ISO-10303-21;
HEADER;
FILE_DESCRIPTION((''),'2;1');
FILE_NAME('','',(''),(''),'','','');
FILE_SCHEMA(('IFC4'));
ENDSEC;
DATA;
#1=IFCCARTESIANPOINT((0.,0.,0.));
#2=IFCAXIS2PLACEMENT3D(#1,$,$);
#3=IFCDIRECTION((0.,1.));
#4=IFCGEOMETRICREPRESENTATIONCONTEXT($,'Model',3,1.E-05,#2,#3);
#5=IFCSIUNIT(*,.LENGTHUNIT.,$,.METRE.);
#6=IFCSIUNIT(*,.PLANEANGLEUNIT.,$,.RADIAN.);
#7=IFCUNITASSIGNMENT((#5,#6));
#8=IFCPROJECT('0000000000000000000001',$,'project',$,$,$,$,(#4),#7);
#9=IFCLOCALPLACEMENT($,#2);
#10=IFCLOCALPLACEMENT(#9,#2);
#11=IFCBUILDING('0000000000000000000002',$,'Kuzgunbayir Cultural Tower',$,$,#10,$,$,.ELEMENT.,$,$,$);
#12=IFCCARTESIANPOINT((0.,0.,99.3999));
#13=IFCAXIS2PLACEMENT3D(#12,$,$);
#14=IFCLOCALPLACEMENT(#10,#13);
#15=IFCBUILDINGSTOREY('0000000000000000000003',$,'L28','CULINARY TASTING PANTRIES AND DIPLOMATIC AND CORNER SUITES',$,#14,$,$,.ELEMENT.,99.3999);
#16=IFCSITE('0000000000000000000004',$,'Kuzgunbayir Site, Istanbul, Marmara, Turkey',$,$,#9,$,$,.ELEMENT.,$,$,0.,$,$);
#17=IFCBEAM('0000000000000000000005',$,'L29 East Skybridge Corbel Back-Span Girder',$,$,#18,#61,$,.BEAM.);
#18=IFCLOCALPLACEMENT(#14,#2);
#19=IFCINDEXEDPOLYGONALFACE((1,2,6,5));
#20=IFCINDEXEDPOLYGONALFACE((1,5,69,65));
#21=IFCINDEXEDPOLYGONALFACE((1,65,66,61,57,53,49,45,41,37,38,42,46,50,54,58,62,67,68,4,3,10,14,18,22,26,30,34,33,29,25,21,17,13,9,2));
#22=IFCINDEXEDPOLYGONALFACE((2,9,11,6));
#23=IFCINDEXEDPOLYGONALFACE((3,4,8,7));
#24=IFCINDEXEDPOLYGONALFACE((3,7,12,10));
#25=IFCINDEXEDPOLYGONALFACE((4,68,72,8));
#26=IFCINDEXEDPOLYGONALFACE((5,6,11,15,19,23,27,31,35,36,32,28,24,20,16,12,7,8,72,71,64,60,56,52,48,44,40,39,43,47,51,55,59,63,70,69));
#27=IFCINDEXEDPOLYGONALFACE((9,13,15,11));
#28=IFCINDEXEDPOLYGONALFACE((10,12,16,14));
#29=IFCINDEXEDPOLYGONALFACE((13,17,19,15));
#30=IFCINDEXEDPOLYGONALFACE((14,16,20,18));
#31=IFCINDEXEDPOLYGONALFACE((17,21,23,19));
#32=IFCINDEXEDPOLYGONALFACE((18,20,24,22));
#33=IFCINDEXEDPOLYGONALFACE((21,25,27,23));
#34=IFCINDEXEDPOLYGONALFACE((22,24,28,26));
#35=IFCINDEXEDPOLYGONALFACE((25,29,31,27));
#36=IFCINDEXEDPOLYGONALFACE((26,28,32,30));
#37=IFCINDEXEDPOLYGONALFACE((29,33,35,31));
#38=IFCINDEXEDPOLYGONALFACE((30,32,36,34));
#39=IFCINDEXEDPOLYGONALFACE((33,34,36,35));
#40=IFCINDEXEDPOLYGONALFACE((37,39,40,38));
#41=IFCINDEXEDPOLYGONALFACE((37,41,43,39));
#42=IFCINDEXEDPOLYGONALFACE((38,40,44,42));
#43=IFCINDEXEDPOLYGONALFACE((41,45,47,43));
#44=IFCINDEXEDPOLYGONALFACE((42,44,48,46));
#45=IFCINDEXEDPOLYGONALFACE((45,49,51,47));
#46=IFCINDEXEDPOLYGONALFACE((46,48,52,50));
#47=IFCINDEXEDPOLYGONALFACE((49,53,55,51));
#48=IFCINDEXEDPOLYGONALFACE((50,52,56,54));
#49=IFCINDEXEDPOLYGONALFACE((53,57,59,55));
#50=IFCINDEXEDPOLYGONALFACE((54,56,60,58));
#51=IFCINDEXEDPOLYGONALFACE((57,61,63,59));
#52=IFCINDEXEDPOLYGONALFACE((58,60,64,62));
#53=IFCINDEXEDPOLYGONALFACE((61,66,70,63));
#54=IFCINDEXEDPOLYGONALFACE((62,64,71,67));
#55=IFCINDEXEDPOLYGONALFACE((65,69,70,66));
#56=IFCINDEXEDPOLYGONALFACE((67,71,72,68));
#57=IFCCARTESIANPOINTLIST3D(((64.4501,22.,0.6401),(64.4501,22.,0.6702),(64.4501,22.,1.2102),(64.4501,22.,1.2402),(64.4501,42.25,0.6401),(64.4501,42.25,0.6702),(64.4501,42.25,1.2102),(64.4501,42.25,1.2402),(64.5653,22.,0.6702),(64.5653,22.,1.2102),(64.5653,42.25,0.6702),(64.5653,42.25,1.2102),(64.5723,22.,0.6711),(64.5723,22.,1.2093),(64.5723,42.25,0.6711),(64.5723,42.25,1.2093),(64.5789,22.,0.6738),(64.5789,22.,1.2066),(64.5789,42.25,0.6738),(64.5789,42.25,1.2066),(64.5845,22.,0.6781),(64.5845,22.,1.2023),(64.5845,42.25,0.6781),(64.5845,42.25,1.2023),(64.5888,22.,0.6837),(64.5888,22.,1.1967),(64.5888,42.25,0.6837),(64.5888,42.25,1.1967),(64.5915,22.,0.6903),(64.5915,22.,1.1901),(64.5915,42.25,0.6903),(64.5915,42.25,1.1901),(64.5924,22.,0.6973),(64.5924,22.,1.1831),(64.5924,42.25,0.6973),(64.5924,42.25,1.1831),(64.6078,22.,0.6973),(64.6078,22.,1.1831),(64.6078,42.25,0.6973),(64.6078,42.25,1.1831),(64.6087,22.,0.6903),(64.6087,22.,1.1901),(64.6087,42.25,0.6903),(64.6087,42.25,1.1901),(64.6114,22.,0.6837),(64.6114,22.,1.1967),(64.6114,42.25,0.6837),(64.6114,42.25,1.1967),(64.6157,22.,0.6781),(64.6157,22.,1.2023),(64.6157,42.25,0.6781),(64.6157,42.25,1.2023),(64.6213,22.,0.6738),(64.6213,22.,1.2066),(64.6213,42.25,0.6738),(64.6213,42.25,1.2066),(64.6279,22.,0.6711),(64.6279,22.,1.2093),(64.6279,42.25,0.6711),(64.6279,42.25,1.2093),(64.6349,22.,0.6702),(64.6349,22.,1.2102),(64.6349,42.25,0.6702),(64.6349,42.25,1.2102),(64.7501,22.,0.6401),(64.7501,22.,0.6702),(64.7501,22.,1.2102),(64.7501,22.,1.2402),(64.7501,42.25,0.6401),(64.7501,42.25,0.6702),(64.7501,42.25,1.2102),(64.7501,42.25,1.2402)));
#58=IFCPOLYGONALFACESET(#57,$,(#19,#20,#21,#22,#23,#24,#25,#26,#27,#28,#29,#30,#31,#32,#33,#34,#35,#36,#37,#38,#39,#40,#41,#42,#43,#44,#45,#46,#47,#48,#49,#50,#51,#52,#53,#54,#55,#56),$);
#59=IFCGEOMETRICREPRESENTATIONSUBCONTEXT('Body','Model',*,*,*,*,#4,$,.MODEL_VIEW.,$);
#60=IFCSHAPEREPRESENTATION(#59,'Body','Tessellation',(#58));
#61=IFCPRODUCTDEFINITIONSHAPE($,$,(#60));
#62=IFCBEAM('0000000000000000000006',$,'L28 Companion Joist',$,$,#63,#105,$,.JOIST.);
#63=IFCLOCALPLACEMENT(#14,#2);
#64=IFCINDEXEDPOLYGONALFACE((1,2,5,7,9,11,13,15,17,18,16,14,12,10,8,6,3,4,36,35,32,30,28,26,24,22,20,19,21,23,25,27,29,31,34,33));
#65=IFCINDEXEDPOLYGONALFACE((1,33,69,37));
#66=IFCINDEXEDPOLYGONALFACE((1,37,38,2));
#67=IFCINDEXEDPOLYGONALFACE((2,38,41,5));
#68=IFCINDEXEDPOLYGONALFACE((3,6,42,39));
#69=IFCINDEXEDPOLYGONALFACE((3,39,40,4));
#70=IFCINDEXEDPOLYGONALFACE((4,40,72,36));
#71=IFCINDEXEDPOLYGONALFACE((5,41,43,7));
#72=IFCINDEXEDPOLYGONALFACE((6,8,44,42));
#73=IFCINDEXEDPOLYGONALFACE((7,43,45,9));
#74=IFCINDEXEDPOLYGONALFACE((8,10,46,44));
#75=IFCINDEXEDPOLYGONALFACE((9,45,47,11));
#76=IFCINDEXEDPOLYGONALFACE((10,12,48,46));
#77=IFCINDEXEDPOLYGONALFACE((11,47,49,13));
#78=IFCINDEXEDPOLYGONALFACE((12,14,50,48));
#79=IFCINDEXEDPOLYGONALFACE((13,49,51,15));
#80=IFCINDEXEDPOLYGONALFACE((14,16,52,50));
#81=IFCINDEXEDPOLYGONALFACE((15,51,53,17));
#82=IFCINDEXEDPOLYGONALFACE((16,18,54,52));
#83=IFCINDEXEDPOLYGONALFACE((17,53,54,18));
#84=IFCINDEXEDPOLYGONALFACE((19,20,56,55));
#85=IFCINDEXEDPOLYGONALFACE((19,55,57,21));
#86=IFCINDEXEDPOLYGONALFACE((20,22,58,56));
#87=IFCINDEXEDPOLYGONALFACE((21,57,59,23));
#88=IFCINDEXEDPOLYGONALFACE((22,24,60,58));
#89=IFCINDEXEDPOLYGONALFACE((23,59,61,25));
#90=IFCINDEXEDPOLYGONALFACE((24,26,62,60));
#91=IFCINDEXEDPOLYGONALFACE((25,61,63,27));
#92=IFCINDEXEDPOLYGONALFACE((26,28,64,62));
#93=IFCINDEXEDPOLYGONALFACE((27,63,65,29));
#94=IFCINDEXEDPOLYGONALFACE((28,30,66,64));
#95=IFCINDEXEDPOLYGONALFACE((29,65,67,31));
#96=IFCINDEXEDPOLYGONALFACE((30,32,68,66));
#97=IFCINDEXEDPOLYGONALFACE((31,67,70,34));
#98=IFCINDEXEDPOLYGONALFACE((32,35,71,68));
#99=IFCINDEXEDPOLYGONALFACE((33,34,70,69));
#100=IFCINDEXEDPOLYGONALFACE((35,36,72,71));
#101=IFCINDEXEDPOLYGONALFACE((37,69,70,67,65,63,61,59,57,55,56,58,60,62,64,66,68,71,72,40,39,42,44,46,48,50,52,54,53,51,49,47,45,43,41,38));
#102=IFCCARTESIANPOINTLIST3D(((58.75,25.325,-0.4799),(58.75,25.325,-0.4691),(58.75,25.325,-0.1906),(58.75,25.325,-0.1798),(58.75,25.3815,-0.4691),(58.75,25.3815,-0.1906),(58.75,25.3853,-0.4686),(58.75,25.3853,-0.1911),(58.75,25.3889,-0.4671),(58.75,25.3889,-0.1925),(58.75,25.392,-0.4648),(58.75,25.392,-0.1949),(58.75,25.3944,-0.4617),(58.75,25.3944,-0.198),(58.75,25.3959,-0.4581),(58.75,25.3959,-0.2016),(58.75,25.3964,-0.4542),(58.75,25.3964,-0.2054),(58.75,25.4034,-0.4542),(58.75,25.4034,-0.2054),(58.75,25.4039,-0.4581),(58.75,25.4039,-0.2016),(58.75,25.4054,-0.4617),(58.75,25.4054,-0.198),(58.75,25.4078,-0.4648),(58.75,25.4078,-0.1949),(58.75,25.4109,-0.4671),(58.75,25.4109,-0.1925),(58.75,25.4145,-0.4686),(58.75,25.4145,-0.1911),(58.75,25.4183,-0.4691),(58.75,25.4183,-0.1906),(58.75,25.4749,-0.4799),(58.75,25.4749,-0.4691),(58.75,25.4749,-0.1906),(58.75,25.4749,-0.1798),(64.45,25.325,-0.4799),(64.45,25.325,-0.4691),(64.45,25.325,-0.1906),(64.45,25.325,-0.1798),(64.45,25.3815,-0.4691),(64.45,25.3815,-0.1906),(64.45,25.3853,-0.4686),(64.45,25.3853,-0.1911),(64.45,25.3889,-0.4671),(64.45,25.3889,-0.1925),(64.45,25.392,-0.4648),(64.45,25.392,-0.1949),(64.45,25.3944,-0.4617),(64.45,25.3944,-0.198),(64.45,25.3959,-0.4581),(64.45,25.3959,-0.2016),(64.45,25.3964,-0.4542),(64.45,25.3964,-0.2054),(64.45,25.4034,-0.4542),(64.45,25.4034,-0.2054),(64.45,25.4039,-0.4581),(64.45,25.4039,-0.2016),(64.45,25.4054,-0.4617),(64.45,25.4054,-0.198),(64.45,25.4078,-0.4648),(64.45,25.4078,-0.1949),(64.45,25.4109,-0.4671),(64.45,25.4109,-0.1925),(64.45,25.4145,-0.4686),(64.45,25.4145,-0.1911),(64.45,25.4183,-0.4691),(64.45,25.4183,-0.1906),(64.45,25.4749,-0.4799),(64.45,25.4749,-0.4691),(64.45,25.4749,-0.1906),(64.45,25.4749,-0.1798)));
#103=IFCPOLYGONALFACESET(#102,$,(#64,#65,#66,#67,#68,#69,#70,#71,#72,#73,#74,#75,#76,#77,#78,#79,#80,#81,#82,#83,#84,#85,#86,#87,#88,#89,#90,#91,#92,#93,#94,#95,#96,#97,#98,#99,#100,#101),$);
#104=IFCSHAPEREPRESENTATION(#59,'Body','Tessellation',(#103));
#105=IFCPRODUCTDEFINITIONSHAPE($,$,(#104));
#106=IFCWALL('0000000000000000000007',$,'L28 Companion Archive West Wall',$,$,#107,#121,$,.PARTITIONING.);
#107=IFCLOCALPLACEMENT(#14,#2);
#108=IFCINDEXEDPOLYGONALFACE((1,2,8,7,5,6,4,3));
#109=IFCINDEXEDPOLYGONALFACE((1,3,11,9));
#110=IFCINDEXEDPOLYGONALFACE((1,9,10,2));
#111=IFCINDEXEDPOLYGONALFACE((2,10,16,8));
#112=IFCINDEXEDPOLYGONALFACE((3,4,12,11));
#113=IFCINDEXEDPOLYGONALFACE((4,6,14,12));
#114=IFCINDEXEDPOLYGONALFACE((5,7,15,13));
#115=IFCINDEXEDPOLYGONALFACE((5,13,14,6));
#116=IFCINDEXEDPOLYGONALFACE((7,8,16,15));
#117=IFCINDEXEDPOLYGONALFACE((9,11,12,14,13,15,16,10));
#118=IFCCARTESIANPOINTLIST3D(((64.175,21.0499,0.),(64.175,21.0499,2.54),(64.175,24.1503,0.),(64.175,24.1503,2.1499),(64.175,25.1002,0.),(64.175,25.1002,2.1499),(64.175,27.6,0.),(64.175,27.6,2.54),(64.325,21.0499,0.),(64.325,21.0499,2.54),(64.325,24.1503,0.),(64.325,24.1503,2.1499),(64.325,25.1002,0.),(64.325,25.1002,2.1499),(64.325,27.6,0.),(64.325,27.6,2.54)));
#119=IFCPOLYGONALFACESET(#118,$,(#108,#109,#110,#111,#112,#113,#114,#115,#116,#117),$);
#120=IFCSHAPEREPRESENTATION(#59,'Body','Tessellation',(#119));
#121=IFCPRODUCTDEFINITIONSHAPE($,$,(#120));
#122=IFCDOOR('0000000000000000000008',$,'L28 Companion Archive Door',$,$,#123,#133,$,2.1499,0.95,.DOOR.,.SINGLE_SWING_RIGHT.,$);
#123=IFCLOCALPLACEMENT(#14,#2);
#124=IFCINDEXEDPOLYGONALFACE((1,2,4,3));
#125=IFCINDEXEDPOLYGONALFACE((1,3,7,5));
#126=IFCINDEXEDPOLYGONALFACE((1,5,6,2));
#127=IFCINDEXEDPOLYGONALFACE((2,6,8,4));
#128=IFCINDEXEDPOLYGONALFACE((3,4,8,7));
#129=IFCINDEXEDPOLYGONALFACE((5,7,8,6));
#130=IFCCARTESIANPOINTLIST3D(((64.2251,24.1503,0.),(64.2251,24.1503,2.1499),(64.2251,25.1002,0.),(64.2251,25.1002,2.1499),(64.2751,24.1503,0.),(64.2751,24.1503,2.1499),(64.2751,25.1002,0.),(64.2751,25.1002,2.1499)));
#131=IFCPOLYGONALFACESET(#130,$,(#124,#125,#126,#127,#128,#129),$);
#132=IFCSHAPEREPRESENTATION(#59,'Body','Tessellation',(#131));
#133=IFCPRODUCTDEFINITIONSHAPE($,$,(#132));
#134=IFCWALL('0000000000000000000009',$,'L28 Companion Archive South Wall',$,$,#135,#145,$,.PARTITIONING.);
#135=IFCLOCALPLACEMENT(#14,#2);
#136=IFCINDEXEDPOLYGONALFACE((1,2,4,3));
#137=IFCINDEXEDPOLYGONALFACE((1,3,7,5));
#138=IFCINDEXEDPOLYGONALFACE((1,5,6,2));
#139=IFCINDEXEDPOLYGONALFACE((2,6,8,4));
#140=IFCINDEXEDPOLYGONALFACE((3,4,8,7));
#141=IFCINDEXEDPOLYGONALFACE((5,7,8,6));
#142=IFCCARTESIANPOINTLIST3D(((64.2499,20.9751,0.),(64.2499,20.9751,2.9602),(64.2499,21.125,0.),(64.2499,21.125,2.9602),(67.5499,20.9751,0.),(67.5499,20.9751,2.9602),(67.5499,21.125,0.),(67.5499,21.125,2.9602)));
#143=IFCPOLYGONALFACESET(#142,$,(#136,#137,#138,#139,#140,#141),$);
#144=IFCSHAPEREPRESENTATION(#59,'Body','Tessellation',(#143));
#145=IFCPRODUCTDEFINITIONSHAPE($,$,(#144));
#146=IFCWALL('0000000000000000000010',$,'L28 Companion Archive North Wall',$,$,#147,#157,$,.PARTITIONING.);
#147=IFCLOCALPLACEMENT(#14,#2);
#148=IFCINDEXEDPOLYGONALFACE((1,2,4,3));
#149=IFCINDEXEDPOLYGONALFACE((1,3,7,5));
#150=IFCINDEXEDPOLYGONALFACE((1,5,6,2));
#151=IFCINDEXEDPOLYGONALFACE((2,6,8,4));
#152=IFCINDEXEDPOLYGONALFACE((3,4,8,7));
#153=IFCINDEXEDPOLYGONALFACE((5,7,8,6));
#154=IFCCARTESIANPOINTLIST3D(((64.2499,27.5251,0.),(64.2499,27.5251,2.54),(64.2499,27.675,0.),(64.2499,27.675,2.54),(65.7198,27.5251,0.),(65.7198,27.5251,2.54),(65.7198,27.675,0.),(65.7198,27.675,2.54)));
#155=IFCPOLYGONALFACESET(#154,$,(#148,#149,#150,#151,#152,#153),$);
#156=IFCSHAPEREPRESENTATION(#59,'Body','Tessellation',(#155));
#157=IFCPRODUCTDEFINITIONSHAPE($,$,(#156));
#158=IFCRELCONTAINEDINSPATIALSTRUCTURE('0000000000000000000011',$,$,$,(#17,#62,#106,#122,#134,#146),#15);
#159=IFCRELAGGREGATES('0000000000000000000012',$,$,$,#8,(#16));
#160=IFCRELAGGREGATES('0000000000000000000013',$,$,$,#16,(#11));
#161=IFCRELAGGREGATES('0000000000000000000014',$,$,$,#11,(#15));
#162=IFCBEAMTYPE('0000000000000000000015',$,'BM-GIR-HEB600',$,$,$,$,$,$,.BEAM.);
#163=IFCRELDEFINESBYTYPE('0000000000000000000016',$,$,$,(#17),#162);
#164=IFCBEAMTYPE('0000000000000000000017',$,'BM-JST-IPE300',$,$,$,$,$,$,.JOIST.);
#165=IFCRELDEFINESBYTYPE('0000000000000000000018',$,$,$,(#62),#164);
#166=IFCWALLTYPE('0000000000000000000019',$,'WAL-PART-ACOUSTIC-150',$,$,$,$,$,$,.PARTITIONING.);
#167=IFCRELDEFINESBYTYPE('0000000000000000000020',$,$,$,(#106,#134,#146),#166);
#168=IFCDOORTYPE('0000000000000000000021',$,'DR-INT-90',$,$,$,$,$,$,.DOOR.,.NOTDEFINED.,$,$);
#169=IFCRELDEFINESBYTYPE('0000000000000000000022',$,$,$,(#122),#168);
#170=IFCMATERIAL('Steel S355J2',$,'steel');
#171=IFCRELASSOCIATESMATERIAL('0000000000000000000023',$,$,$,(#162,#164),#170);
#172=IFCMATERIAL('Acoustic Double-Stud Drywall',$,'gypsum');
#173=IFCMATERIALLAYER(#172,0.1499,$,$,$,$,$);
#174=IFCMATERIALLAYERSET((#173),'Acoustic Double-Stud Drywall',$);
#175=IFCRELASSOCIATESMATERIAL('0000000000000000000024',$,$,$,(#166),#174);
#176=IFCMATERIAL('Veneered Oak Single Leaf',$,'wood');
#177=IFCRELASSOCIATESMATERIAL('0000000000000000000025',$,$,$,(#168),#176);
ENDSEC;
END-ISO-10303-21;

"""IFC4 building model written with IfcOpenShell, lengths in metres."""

from ifc_helpers import new_model, si_unit, direction, frame, frame_2d, origin, origin_2d, place, context, subcontext, project, spatial, rectangle, i_section, extrude, material, layer, layer_set, material_profile, profile_set, type_object, element, fill, save


model = new_model("IFC4")

# Units and contexts
model_context = context("Model", 3, precision=1e-05, world=origin(), true_north=direction((0.0, 1.0)))
body_context = subcontext(model_context, "Body", "Model", "MODEL_VIEW")
ifc_project = project(units=[si_unit("LENGTHUNIT", "METRE"), si_unit("PLANEANGLEUNIT", "RADIAN")], contexts=[model_context])

# Site, building, storey
site_placement = place(None, origin())
site = spatial("IfcSite", under=ifc_project, at=site_placement, Name="Kuzgunbayir Site, Istanbul, Marmara, Turkey", CompositionType="ELEMENT", RefElevation=0.0)
building_placement = place(site_placement, origin())
building = spatial("IfcBuilding", under=site, at=building_placement, Name="Kuzgunbayir Cultural Tower", CompositionType="ELEMENT")
storey_placement = place(building_placement, frame((0.0, 0.0, 99.3999)))
storey = spatial("IfcBuildingStorey", under=building, at=storey_placement, Name="L28", Description="CULINARY TASTING PANTRIES AND DIPLOMATIC AND CORNER SUITES", CompositionType="ELEMENT", Elevation=99.3999)

# Beams
ifc_material_1 = material(Name="Steel S355J2", Category="steel")
ifc_material_profile_1 = material_profile(ifc_material_1, i_section(OverallWidth=0.3, OverallDepth=0.6001, WebThickness=0.0154, FlangeThickness=0.03, FilletRadius=0.0271, at=origin_2d()), Name="HEB 600")
ifc_profile_set_1 = profile_set([ifc_material_profile_1], Name="Steel S355J2")
beam_type_1 = type_object("IfcBeamType", Name="BM-GIR-HEB600", PredefinedType="BEAM", material=ifc_profile_set_1)
beam_1_placement = place(storey_placement, frame((64.6001, 22.0, 0.9402), z_axis=(0.0, 1.0, 0.0), x_axis=(-1.0, 0.0, 0.0)))
element("IfcBeam", 1, at=beam_1_placement, inside=storey, type_object=beam_type_1, Name="L29 East Skybridge Corbel Back-Span Girder", PredefinedType="BEAM", context=body_context, shape_type="SweptSolid", body=[
    extrude(i_section(OverallWidth=0.3, OverallDepth=0.6001, WebThickness=0.0154, FlangeThickness=0.03, FilletRadius=0.0271, at=origin_2d()), origin(), (0.0, 0.0, 1.0), 20.25),
])
ifc_material_profile_2 = material_profile(ifc_material_1, i_section(OverallWidth=0.1499, OverallDepth=0.3, WebThickness=0.0071, FlangeThickness=0.0107, FilletRadius=0.0149, at=origin_2d()), Name="IPE 300")
ifc_profile_set_2 = profile_set([ifc_material_profile_2], Name="Steel S355J2")
beam_type_2 = type_object("IfcBeamType", Name="BM-JST-IPE300", PredefinedType="JOIST", material=ifc_profile_set_2)
beam_2_placement = place(storey_placement, frame((58.75, 25.3999, -0.3298), z_axis=(1.0, 0.0, 0.0), x_axis=(0.0, 1.0, 0.0)))
element("IfcBeam", 2, at=beam_2_placement, inside=storey, type_object=beam_type_2, Name="L28 Companion Joist", PredefinedType="JOIST", context=body_context, shape_type="SweptSolid", body=[
    extrude(i_section(OverallWidth=0.1499, OverallDepth=0.3, WebThickness=0.0071, FlangeThickness=0.0107, FilletRadius=0.0149, at=origin_2d()), origin(), (0.0, 0.0, 1.0), 5.7),
])

# Wall, opening, door
ifc_material_2 = material(Name="Acoustic Double-Stud Drywall", Category="gypsum")
ifc_layer_1 = layer(ifc_material_2, 0.1499)
ifc_layer_set_1 = layer_set([ifc_layer_1], Name="Acoustic Double-Stud Drywall")
wall_type_1 = type_object("IfcWallType", Name="WAL-PART-ACOUSTIC-150", PredefinedType="PARTITIONING", material=ifc_layer_set_1)
wall_1_placement = place(storey_placement, frame((64.25, 21.05, 0.0), z_axis=(0.0, 0.0, 1.0), x_axis=(0.0, 1.0, 0.0)))
wall_1 = element("IfcWall", 3, at=wall_1_placement, inside=storey, type_object=wall_type_1, Name="L28 Companion Archive West Wall", PredefinedType="PARTITIONING", context=body_context, shape_type="SweptSolid", body=[
    extrude(rectangle(XDim=6.55, YDim=0.1499, at=frame_2d((3.2749, 0.0))), origin(), (0.0, 0.0, 1.0), 2.54),
])
opening_1_placement = place(wall_1_placement, frame((3.1001, 0.0, 0.0)))
opening_1 = element("IfcOpeningElement", 4, at=opening_1_placement, cuts=wall_1, PredefinedType="OPENING", context=body_context, shape_type="SweptSolid", body=[
    extrude(rectangle(XDim=0.95, YDim=2.1499, at=frame_2d((0.4751, 1.075))), frame((0.0, 0.085, 0.0), z_axis=(0.0, -1.0, 0.0), x_axis=(1.0, 0.0, 0.0)), (0.0, 0.0, 1.0), 0.1699),
])
ifc_material_3 = material(Name="Veneered Oak Single Leaf", Category="wood")
door_type_1 = type_object("IfcDoorType", Name="DR-INT-90", OperationType="NOTDEFINED", PredefinedType="DOOR", material=ifc_material_3)
door_1_placement = place(opening_1_placement, origin())
door_1 = element("IfcDoor", 5, at=door_1_placement, inside=storey, type_object=door_type_1, Name="L28 Companion Archive Door", OperationType="SINGLE_SWING_RIGHT", OverallHeight=2.1499, OverallWidth=0.95, PredefinedType="DOOR", context=body_context, shape_type="SweptSolid", body=[
    extrude(rectangle(XDim=0.95, YDim=2.1499, at=frame_2d((0.4751, 1.075))), frame((0.0, 0.0249, 0.0), z_axis=(0.0, -1.0, 0.0), x_axis=(1.0, 0.0, 0.0)), (0.0, 0.0, 1.0), 0.05),
])
fill(opening_1, door_1)

# Walls
wall_2_placement = place(storey_placement, frame((64.25, 21.05, 0.0), z_axis=(0.0, 0.0, 1.0), x_axis=(1.0, 0.0, 0.0)))
element("IfcWall", 6, at=wall_2_placement, inside=storey, type_object=wall_type_1, Name="L28 Companion Archive South Wall", PredefinedType="PARTITIONING", context=body_context, shape_type="SweptSolid", body=[
    extrude(rectangle(XDim=3.3, YDim=0.1499, at=frame_2d((1.6499, 0.0))), origin(), (0.0, 0.0, 1.0), 2.9602),
])
wall_3_placement = place(storey_placement, frame((64.25, 27.6001, 0.0), z_axis=(0.0, 0.0, 1.0), x_axis=(1.0, 0.0, 0.0)))
element("IfcWall", 7, at=wall_3_placement, inside=storey, type_object=wall_type_1, Name="L28 Companion Archive North Wall", PredefinedType="PARTITIONING", context=body_context, shape_type="SweptSolid", body=[
    extrude(rectangle(XDim=1.47, YDim=0.1499, at=frame_2d((0.7349, 0.0))), origin(), (0.0, 0.0, 1.0), 2.54),
])

save(model, "model.ifc")
